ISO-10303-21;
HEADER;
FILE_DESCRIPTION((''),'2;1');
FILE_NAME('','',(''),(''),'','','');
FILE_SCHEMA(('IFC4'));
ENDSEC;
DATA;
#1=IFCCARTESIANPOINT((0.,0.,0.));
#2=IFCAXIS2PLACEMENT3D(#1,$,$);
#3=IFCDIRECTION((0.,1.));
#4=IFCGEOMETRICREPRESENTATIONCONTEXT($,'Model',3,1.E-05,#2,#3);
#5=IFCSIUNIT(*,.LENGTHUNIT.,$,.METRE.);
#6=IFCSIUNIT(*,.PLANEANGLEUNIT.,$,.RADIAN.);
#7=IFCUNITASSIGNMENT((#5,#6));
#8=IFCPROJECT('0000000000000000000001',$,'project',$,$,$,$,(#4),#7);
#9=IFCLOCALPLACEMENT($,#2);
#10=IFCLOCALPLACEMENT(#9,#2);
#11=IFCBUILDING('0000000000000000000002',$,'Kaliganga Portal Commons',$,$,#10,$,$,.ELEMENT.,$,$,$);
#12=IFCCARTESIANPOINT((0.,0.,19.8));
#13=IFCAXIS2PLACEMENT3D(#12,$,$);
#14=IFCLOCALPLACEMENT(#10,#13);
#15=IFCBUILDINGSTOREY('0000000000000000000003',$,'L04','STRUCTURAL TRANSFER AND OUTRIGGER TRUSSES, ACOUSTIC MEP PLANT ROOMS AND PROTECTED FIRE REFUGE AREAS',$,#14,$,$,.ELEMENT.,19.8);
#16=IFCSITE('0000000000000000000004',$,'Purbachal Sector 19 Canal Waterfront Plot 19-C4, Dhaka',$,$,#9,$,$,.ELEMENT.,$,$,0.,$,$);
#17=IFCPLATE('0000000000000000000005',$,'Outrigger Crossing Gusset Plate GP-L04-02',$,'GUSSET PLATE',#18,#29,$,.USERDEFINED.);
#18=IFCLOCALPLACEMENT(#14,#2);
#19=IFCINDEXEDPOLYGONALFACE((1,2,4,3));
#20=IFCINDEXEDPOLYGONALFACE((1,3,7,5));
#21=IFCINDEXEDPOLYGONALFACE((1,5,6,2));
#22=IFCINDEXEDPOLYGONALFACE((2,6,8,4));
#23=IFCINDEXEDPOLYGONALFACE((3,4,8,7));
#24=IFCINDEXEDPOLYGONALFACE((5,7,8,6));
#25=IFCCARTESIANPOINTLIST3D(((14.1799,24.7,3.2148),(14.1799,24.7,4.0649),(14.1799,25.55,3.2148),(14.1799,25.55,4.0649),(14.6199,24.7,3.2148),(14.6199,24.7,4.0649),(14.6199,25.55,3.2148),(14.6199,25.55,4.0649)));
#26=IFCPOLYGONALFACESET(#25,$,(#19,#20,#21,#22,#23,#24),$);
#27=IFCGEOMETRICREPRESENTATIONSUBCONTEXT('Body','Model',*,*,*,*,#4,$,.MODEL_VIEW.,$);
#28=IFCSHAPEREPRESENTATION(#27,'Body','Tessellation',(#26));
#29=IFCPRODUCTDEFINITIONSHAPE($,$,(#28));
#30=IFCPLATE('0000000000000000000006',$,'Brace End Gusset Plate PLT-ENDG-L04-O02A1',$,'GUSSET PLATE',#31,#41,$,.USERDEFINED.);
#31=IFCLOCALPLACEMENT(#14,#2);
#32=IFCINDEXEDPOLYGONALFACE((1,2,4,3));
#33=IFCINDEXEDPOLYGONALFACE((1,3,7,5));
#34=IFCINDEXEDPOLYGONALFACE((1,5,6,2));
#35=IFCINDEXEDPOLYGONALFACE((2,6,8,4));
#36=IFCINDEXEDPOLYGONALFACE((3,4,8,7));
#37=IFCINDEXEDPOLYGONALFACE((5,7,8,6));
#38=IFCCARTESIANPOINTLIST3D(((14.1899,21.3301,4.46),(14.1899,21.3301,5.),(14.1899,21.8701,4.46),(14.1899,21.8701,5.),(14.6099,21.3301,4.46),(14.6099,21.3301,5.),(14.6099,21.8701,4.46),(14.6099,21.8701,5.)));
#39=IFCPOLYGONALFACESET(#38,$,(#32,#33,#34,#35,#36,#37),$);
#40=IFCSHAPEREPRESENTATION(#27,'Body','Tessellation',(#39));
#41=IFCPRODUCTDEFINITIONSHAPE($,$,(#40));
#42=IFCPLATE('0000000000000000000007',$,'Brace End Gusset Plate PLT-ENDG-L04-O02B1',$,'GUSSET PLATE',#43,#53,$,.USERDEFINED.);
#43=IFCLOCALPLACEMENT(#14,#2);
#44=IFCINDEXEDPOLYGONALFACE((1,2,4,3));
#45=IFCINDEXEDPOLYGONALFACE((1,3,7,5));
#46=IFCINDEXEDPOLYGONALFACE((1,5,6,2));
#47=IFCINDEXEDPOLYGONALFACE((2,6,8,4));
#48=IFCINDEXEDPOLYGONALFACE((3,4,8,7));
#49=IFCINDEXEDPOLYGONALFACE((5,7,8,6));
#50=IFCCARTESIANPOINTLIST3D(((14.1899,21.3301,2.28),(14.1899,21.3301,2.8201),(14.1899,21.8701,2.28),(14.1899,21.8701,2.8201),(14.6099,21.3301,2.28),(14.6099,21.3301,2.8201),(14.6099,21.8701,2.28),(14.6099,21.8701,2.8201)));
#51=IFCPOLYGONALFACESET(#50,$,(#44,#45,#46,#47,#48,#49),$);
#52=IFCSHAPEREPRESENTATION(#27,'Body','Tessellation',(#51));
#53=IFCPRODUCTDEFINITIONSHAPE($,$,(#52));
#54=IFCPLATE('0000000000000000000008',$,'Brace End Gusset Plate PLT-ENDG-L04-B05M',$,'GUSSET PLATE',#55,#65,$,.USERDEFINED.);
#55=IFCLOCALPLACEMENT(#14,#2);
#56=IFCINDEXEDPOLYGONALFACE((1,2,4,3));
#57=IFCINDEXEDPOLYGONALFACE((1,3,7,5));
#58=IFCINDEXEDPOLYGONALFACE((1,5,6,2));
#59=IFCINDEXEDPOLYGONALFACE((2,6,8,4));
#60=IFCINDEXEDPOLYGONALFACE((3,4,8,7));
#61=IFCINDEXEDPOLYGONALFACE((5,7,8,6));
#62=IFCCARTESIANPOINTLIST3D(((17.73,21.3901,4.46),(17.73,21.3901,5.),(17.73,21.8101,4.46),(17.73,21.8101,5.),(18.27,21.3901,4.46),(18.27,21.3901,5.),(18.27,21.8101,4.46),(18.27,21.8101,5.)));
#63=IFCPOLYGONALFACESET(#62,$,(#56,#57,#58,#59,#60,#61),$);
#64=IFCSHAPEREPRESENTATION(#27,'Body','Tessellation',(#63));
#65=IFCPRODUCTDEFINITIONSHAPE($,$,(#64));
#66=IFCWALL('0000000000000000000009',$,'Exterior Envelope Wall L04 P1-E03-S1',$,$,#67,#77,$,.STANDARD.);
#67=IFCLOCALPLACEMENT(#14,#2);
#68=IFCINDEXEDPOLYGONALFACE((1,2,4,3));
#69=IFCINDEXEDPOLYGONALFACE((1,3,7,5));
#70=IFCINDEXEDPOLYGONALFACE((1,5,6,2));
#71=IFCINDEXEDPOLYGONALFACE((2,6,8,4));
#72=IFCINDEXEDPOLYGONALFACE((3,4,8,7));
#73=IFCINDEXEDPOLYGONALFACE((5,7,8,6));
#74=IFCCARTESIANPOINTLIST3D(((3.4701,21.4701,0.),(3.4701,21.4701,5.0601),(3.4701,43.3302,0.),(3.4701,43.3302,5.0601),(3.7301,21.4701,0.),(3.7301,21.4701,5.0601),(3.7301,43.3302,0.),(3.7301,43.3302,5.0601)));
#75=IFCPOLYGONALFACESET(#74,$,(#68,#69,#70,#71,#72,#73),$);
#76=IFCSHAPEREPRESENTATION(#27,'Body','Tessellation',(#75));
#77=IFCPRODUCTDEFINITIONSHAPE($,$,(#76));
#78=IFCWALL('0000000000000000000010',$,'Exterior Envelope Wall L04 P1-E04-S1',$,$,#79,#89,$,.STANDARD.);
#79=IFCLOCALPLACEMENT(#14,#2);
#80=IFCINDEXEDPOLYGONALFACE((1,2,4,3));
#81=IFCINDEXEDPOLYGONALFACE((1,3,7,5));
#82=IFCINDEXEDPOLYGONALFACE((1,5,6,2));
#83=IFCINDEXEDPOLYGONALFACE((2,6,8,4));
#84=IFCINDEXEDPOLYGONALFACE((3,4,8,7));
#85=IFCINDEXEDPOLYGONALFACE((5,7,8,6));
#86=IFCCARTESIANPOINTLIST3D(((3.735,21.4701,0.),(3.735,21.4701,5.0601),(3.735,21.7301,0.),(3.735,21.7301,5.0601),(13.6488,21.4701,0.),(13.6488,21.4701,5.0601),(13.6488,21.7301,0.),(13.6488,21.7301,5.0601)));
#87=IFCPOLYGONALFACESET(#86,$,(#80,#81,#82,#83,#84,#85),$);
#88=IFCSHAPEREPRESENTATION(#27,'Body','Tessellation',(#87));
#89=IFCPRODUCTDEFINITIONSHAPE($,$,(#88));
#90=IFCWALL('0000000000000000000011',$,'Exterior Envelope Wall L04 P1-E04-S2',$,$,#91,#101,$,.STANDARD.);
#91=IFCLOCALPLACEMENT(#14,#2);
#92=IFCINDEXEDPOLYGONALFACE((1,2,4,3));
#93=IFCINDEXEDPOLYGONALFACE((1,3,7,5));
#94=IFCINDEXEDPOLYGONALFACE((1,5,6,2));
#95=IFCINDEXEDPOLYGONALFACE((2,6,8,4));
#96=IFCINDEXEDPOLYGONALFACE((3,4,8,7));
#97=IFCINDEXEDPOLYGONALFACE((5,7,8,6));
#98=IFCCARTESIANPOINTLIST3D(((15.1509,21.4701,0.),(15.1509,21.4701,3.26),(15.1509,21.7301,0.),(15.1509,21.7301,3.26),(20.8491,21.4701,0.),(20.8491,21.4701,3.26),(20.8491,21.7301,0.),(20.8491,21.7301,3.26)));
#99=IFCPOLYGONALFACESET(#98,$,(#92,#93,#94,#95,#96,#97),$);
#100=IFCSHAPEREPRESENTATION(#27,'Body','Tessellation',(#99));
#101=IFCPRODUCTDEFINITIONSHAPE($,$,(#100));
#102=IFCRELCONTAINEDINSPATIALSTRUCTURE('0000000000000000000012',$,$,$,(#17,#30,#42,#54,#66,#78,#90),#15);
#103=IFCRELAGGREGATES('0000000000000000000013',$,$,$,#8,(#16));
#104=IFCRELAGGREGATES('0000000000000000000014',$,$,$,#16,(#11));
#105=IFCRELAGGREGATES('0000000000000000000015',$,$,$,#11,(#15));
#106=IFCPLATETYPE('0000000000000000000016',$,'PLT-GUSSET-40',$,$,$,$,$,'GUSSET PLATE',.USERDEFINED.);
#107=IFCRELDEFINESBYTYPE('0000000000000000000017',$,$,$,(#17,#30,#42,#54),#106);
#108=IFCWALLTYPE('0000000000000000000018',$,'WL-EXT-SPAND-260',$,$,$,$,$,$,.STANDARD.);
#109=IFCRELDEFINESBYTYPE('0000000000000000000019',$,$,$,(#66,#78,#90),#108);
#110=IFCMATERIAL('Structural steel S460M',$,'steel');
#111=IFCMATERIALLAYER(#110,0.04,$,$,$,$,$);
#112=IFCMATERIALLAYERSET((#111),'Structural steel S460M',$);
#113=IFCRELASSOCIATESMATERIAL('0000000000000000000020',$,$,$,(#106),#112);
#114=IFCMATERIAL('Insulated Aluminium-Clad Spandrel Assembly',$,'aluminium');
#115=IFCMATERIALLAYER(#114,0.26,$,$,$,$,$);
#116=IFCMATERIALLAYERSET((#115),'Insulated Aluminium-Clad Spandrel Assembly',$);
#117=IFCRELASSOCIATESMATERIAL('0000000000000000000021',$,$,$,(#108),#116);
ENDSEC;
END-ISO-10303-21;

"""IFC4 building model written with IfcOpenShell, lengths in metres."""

from ifc_helpers import new_model, si_unit, direction, frame, frame_2d, origin, origin_2d, place, context, subcontext, project, spatial, rectangle, extrude, source, transform, mapped, material, layer, layer_set, type_object, element, save


model = new_model("IFC4")

# Units and contexts
model_context = context("Model", 3, precision=1e-05, world=origin(), true_north=direction((0.0, 1.0)))
body_context = subcontext(model_context, "Body", "Model", "MODEL_VIEW")
ifc_project = project(units=[si_unit("LENGTHUNIT", "METRE"), si_unit("PLANEANGLEUNIT", "RADIAN")], contexts=[model_context])

# Site, building, storey
site_placement = place(None, origin())
site = spatial("IfcSite", under=ifc_project, at=site_placement, Name="Purbachal Sector 19 Canal Waterfront Plot 19-C4, Dhaka", CompositionType="ELEMENT", RefElevation=0.0)
building_placement = place(site_placement, origin())
building = spatial("IfcBuilding", under=site, at=building_placement, Name="Kaliganga Portal Commons", CompositionType="ELEMENT")
storey_placement = place(building_placement, frame((0.0, 0.0, 19.8)))
storey = spatial("IfcBuildingStorey", under=building, at=storey_placement, Name="L04", Description="STRUCTURAL TRANSFER AND OUTRIGGER TRUSSES, ACOUSTIC MEP PLANT ROOMS AND PROTECTED FIRE REFUGE AREAS", CompositionType="ELEMENT", Elevation=19.8)

# Shared definitions
ifc_material_1 = material(Name="Structural steel S460M", Category="steel")

# Plates
ifc_layer_1 = layer(ifc_material_1, 0.04)
ifc_layer_set_1 = layer_set([ifc_layer_1], Name="Structural steel S460M")
plate_type = type_object("IfcPlateType", Name="PLT-GUSSET-40", ElementType="GUSSET PLATE", PredefinedType="USERDEFINED", material=ifc_layer_set_1)
shared_shape_1 = source(origin(), body_context, "Body", "SweptSolid", [
    extrude(rectangle(XDim=0.8501, YDim=0.4399, at=origin_2d()), origin(), (0.0, 0.0, 1.0), 0.8501),
])
plate_placement = place(storey_placement, frame((14.3999, 25.125, 3.2148), z_axis=(0.0, 0.0, 1.0), x_axis=(0.0, -1.0, 0.0)))
element("IfcPlate", 1, at=plate_placement, inside=storey, type_object=plate_type, Name="Outrigger Crossing Gusset Plate GP-L04-02", ObjectType="GUSSET PLATE", PredefinedType="USERDEFINED", context=body_context, shape_type="MappedRepresentation", body=[
    mapped(shared_shape_1, transform((0.0, 0.0, 0.0), x_axis=(1.0, 0.0, 0.0), y_axis=(0.0, 1.0, 0.0), z_axis=(0.0, 0.0, 1.0), scale=1.0)),
])
shared_shape_2 = source(origin(), body_context, "Body", "SweptSolid", [
    extrude(rectangle(XDim=0.54, YDim=0.4199, at=origin_2d()), origin(), (0.0, 0.0, 1.0), 0.54),
])
for number, where, z_axis, x_axis, name in (
    (2, (14.3999, 21.6001, 4.46), (0.0, 0.0, 1.0), (0.0, -1.0, 0.0), "Brace End Gusset Plate PLT-ENDG-L04-O02A1"),
    (3, (14.3999, 21.6001, 2.28), (0.0, 0.0, 1.0), (0.0, -1.0, 0.0), "Brace End Gusset Plate PLT-ENDG-L04-O02B1"),
    (4, (18.0, 21.6001, 4.46), (0.0, 0.0, 1.0), (1.0, 0.0, 0.0), "Brace End Gusset Plate PLT-ENDG-L04-B05M"),
):
    element("IfcPlate", number, at=place(storey_placement, frame(where, z_axis=z_axis, x_axis=x_axis)), inside=storey, type_object=plate_type, Name=name, ObjectType="GUSSET PLATE", PredefinedType="USERDEFINED", context=body_context, shape_type="MappedRepresentation", body=[
        mapped(shared_shape_2, transform((0.0, 0.0, 0.0), x_axis=(1.0, 0.0, 0.0), y_axis=(0.0, 1.0, 0.0), z_axis=(0.0, 0.0, 1.0), scale=1.0)),
    ])

# Walls
ifc_material_2 = material(Name="Insulated Aluminium-Clad Spandrel Assembly", Category="aluminium")
ifc_layer_2 = layer(ifc_material_2, 0.26)
ifc_layer_set_2 = layer_set([ifc_layer_2], Name="Insulated Aluminium-Clad Spandrel Assembly")
wall_type = type_object("IfcWallType", Name="WL-EXT-SPAND-260", PredefinedType="STANDARD", material=ifc_layer_set_2)
wall_1_placement = place(storey_placement, frame((3.6001, 21.47, 0.0), z_axis=(0.0, 0.0, 1.0), x_axis=(0.0, 1.0, 0.0)))
element("IfcWall", 5, at=wall_1_placement, inside=storey, type_object=wall_type, Name="Exterior Envelope Wall L04 P1-E03-S1", PredefinedType="STANDARD", context=body_context, shape_type="SweptSolid", body=[
    extrude(rectangle(XDim=21.8601, YDim=0.26, at=frame_2d((10.9302, 0.0))), origin(), (0.0, 0.0, 1.0), 5.0601),
])
wall_2_placement = place(storey_placement, frame((13.6489, 21.6001, 0.0), z_axis=(0.0, 0.0, 1.0), x_axis=(-1.0, 0.0, 0.0)))
element("IfcWall", 6, at=wall_2_placement, inside=storey, type_object=wall_type, Name="Exterior Envelope Wall L04 P1-E04-S1", PredefinedType="STANDARD", context=body_context, shape_type="SweptSolid", body=[
    extrude(rectangle(XDim=9.9138, YDim=0.26, at=frame_2d((4.957, 0.0))), origin(), (0.0, 0.0, 1.0), 5.0601),
])
wall_3_placement = place(storey_placement, frame((20.8491, 21.6001, 0.0), z_axis=(0.0, 0.0, 1.0), x_axis=(-1.0, 0.0, 0.0)))
element("IfcWall", 7, at=wall_3_placement, inside=storey, type_object=wall_type, Name="Exterior Envelope Wall L04 P1-E04-S2", PredefinedType="STANDARD", context=body_context, shape_type="SweptSolid", body=[
    extrude(rectangle(XDim=5.6982, YDim=0.26, at=frame_2d((2.8491, 0.0))), origin(), (0.0, 0.0, 1.0), 3.26),
])

save(model, "model.ifc")
